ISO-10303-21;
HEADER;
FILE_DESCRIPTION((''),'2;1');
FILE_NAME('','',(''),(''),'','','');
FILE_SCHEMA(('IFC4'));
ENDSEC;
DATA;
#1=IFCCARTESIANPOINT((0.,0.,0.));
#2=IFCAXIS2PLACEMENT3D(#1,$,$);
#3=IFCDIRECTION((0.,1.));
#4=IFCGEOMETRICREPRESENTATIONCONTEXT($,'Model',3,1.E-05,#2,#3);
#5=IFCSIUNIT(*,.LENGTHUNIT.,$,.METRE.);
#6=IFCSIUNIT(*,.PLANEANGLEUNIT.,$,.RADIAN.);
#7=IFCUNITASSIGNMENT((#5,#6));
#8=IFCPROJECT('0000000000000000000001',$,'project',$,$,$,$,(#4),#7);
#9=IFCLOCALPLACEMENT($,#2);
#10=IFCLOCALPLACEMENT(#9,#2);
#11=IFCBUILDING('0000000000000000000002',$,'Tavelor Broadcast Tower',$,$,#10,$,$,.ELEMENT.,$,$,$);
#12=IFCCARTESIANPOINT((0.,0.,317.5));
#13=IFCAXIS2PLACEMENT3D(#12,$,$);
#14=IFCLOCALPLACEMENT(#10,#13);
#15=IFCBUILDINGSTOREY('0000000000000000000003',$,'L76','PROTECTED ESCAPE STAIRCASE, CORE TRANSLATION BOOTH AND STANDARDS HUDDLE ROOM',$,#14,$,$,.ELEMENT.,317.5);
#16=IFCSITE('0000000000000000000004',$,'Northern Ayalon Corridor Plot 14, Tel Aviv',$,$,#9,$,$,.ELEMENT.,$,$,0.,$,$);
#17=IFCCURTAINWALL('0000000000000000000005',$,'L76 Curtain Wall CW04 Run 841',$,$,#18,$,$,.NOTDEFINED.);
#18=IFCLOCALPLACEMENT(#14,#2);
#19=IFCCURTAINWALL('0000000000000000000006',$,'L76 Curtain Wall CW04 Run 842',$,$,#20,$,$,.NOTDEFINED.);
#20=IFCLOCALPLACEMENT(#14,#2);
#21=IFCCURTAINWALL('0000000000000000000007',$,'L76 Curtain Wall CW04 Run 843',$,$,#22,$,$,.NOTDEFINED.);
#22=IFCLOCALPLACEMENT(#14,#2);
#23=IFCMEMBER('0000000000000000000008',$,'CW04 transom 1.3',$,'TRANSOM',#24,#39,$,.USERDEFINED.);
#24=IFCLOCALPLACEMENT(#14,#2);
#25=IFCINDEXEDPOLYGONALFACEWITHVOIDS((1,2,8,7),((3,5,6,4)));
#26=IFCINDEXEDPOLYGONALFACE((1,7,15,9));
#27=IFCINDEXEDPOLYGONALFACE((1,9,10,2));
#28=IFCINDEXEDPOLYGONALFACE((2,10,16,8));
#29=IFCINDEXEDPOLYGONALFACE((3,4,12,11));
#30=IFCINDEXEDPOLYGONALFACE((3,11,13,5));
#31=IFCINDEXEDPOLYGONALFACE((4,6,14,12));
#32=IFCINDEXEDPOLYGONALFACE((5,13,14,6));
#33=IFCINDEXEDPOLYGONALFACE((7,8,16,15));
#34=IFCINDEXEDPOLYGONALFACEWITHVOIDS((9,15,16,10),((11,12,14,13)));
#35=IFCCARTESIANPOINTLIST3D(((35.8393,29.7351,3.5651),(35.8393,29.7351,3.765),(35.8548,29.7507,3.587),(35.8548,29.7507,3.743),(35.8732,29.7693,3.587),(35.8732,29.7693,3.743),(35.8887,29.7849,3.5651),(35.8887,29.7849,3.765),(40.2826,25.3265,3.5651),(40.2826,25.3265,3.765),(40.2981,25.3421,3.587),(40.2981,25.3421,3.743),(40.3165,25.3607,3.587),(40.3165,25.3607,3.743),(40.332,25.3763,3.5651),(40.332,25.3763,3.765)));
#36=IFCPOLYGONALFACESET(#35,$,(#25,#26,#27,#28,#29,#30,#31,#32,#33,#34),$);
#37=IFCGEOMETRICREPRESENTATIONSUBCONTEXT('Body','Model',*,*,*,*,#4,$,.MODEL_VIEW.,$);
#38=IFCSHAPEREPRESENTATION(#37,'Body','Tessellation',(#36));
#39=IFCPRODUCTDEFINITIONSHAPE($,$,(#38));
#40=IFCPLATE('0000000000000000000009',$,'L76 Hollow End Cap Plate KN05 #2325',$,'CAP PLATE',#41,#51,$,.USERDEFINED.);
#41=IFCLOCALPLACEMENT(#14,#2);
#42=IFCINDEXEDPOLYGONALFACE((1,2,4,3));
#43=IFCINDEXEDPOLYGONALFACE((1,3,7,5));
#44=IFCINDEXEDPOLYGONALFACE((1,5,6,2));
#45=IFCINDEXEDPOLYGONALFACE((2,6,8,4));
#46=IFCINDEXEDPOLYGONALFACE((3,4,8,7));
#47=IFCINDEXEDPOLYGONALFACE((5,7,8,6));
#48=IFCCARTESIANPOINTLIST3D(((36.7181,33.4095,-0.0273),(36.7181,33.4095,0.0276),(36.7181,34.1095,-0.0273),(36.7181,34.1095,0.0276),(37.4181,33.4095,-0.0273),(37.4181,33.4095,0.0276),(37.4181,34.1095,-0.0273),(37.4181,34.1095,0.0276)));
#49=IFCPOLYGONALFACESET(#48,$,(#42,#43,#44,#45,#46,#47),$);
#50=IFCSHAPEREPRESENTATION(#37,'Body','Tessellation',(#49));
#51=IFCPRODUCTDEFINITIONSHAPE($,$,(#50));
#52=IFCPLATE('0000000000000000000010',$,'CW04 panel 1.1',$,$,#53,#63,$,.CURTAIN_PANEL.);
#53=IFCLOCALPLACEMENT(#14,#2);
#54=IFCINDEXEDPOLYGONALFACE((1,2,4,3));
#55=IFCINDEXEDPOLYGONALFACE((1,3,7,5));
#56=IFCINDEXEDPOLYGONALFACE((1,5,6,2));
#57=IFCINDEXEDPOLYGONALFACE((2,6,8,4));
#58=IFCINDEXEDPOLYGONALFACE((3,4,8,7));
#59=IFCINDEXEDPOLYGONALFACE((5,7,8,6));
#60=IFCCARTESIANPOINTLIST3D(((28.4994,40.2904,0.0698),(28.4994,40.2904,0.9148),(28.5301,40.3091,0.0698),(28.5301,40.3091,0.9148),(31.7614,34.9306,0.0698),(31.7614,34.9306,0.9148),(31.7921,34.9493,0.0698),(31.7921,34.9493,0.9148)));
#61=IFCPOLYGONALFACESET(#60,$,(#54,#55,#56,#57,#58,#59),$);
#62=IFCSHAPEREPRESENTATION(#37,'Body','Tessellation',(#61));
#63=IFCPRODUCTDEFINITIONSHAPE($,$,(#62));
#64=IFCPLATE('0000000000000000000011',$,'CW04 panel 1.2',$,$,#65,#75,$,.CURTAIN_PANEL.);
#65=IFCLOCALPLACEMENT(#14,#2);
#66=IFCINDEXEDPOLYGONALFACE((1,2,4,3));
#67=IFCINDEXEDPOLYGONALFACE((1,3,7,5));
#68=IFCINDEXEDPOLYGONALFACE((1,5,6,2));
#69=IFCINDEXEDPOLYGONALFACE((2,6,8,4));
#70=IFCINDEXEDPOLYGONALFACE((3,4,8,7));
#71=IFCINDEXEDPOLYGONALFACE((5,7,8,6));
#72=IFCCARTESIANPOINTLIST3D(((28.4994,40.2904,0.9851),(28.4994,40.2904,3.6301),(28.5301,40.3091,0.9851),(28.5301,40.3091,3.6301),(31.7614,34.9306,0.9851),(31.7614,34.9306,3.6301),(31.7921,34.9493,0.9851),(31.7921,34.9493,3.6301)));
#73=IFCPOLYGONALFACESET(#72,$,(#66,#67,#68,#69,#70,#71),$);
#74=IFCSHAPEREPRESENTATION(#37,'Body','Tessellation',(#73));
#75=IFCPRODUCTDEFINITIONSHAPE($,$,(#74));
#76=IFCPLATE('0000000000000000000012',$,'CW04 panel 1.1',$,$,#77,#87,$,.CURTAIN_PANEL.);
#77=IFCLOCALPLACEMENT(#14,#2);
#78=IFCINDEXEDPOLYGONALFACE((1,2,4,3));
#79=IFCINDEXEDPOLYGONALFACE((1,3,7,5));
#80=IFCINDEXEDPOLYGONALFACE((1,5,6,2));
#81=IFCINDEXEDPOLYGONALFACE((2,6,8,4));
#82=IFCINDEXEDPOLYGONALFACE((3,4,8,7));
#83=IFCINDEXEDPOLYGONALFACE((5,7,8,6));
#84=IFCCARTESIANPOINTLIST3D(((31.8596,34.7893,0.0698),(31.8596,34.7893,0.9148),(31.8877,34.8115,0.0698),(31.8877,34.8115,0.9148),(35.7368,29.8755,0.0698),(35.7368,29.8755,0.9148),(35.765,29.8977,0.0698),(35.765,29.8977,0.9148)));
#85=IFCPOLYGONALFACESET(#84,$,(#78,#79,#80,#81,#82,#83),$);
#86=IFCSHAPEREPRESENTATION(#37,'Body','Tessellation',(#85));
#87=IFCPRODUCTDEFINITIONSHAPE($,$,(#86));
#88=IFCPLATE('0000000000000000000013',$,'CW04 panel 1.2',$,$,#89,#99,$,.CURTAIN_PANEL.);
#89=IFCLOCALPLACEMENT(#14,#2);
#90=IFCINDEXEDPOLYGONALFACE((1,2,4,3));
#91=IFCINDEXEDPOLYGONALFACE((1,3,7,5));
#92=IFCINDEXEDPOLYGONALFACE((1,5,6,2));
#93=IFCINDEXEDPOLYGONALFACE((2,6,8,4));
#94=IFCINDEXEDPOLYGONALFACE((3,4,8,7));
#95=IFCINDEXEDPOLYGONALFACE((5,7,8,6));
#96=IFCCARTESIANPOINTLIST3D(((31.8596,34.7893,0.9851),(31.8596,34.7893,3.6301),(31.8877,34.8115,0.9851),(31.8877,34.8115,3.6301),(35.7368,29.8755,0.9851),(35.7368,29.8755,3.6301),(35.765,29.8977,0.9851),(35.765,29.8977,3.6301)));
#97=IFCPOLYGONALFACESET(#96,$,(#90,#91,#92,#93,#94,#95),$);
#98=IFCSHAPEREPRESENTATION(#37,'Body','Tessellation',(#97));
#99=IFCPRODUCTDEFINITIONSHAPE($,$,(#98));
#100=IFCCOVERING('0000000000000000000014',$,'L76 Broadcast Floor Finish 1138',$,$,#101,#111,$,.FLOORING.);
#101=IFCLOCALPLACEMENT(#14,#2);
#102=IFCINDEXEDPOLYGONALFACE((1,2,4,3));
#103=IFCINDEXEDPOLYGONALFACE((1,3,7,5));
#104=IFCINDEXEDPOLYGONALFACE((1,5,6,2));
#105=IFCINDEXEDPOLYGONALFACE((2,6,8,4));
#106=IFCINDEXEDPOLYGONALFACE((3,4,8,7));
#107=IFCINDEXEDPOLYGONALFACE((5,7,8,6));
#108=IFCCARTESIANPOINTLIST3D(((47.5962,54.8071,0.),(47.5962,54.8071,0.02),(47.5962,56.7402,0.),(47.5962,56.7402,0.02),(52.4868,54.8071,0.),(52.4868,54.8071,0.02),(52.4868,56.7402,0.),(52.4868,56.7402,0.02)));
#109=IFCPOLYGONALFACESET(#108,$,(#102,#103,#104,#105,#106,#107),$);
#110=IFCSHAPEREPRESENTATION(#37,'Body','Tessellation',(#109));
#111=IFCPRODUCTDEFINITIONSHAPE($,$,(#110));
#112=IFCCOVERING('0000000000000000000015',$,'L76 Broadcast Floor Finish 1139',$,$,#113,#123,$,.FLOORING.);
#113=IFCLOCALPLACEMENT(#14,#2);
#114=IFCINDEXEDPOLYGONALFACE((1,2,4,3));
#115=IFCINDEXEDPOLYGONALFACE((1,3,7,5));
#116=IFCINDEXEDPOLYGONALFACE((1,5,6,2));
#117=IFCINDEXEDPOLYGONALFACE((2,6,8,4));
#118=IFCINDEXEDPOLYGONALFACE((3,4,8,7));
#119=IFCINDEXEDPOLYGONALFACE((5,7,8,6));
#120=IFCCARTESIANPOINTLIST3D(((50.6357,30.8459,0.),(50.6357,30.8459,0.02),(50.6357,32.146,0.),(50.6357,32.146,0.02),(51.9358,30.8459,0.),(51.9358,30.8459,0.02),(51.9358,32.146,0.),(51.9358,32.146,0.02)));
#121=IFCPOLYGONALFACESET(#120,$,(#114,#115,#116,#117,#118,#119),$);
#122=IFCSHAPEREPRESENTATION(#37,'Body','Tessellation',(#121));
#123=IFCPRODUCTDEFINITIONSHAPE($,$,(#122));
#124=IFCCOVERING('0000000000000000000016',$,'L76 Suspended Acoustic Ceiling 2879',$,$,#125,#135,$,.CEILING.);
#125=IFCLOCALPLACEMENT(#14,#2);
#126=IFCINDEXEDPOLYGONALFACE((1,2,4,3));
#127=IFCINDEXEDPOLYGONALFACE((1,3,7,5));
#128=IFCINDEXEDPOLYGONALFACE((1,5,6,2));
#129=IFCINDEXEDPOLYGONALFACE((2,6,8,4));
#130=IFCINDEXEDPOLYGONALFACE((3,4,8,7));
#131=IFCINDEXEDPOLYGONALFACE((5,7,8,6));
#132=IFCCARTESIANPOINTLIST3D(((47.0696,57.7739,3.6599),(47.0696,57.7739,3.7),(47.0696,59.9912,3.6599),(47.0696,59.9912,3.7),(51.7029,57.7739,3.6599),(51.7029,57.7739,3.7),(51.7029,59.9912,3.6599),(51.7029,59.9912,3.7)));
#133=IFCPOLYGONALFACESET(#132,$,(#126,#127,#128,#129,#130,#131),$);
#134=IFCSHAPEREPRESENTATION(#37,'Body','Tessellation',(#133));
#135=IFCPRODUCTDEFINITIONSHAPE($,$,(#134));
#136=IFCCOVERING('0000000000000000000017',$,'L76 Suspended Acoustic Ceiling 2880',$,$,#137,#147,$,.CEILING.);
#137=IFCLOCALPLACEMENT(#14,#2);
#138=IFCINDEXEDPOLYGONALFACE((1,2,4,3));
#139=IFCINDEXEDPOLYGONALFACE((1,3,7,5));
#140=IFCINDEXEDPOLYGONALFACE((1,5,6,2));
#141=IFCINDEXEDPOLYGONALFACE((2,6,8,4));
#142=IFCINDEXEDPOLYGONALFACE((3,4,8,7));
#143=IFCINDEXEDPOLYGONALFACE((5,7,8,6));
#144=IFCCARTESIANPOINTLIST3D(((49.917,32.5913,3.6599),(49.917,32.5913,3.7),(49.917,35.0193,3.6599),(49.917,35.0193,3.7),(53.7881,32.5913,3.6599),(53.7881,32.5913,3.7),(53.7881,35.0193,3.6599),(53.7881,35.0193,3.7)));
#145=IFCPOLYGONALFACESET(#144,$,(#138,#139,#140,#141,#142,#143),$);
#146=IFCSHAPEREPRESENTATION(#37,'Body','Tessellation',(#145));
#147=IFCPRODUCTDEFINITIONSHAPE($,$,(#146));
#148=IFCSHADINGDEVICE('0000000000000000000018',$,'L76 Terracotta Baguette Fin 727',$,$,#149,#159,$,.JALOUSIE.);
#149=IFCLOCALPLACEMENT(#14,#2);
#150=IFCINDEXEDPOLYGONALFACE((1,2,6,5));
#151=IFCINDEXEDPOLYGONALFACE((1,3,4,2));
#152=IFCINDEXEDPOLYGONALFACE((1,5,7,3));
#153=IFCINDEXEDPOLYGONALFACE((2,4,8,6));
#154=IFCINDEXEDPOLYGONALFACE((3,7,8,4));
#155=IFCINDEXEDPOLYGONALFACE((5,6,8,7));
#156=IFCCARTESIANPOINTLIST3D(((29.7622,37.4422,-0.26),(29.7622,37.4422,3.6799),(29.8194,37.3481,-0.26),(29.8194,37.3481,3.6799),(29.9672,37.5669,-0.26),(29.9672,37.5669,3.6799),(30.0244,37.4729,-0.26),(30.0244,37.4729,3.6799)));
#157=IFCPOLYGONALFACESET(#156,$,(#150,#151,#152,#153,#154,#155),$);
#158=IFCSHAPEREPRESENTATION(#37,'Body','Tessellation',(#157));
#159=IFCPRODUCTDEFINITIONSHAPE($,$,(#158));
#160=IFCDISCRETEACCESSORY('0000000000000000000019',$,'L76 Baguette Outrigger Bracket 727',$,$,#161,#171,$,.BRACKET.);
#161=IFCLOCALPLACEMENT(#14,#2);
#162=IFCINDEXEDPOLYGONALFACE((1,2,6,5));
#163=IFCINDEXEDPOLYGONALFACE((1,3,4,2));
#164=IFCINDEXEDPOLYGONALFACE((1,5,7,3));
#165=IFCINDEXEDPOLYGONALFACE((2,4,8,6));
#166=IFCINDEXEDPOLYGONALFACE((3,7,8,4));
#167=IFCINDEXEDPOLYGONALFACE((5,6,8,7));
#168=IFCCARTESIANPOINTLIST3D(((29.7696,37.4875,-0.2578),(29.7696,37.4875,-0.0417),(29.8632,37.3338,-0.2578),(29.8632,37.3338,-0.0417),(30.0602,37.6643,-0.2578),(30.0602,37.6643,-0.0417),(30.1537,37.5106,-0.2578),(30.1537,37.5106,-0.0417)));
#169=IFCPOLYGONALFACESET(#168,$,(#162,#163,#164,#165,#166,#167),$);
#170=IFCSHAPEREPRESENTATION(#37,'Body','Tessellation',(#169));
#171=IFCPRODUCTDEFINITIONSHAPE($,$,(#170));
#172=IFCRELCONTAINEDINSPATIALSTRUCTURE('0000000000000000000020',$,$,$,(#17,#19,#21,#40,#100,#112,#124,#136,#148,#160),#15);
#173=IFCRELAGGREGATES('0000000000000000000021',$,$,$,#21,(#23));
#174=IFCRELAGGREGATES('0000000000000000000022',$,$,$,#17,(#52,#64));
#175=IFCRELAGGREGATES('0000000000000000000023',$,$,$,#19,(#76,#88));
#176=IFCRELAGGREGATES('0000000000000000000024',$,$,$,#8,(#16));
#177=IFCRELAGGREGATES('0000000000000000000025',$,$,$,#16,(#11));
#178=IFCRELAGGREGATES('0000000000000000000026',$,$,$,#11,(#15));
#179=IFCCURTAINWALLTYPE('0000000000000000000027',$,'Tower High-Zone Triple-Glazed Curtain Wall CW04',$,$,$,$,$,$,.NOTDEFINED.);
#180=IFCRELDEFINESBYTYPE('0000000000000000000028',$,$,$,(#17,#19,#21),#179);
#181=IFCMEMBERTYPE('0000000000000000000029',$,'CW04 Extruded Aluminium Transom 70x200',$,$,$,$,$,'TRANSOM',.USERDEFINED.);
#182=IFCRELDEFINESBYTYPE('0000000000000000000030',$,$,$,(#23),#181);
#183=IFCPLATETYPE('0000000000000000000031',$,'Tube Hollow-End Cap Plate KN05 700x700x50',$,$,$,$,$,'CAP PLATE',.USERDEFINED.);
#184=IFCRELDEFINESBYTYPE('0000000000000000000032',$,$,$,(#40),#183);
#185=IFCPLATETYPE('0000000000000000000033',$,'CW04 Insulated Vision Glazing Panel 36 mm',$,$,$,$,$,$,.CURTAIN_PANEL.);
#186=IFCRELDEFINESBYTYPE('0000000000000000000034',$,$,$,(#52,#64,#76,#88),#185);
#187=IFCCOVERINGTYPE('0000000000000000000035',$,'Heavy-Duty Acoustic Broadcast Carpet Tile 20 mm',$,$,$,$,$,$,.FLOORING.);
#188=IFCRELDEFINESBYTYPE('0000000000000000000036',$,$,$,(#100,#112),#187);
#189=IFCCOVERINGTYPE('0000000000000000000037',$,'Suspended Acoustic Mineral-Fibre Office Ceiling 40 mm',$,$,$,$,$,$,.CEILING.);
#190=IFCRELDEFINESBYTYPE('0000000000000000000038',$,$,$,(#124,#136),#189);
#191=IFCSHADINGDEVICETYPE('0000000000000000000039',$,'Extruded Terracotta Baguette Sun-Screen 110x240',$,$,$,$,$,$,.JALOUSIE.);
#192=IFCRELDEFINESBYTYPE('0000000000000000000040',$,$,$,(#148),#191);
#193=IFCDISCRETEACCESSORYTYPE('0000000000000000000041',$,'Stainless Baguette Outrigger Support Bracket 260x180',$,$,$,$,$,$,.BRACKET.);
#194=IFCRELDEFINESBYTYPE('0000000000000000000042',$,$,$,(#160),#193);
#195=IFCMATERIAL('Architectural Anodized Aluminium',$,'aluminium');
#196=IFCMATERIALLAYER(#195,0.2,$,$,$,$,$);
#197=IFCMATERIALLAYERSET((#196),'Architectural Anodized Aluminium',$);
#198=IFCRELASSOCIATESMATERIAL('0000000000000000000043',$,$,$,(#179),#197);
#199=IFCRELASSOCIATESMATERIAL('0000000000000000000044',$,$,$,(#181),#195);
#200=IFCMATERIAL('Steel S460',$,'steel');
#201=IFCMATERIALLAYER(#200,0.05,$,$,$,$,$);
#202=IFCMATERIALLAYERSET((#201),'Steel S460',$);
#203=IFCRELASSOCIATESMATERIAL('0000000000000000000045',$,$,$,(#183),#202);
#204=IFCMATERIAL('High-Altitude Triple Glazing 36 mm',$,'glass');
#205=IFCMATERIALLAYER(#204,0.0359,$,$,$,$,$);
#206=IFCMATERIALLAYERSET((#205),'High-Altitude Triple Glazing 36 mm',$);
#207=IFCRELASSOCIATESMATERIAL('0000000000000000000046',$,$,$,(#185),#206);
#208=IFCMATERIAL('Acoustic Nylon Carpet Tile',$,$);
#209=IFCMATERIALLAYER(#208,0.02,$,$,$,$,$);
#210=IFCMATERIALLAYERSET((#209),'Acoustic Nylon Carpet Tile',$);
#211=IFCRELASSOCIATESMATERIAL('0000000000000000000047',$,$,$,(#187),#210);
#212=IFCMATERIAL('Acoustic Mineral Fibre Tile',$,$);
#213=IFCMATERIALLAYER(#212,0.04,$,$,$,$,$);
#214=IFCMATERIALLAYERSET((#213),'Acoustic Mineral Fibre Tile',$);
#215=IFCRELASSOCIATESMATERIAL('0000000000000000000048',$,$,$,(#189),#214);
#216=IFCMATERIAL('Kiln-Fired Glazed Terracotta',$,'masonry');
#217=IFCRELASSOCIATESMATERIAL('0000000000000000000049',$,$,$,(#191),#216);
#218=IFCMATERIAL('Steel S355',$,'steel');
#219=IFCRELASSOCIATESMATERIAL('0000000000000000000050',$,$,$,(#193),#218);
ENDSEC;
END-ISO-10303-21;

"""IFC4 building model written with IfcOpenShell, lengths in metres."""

from ifc_helpers import new_model, si_unit, direction, frame, origin, origin_2d, place, context, subcontext, project, spatial, polyline, rectangle, hollow_rectangle, outline, extrude, source, transform, mapped, material, layer, layer_set, material_profile, profile_set, type_object, type_shapes, element, aggregate, save


model = new_model("IFC4")

# Units and contexts
model_context = context("Model", 3, precision=1e-05, world=origin(), true_north=direction((0.0, 1.0)))
body_context = subcontext(model_context, "Body", "Model", "MODEL_VIEW")
ifc_project = project(units=[si_unit("LENGTHUNIT", "METRE"), si_unit("PLANEANGLEUNIT", "RADIAN")], contexts=[model_context])

# Site, building, storey
site_placement = place(None, origin())
site = spatial("IfcSite", under=ifc_project, at=site_placement, Name="Northern Ayalon Corridor Plot 14, Tel Aviv", CompositionType="ELEMENT", RefElevation=0.0)
building_placement = place(site_placement, origin())
building = spatial("IfcBuilding", under=site, at=building_placement, Name="Tavelor Broadcast Tower", CompositionType="ELEMENT")
storey_placement = place(building_placement, frame((0.0, 0.0, 317.5)))
storey = spatial("IfcBuildingStorey", under=building, at=storey_placement, Name="L76", Description="PROTECTED ESCAPE STAIRCASE, CORE TRANSLATION BOOTH AND STANDARDS HUDDLE ROOM", CompositionType="ELEMENT", Elevation=317.5)

# Shared definitions
ifc_material_1 = material(Name="Steel S460", Category="steel")

# Curtain wall
ifc_material_2 = material(Name="Architectural Anodized Aluminium", Category="aluminium")
ifc_layer_1 = layer(ifc_material_2, 0.2)
ifc_layer_set_1 = layer_set([ifc_layer_1], Name="Architectural Anodized Aluminium")
curtain_wall_type = type_object("IfcCurtainWallType", Name="Tower High-Zone Triple-Glazed Curtain Wall CW04", PredefinedType="NOTDEFINED", material=ifc_layer_set_1)
curtain_wall_1_placement = place(storey_placement, origin())
curtain_wall_1 = element("IfcCurtainWall", 1, at=curtain_wall_1_placement, inside=storey, type_object=curtain_wall_type, Name="L76 Curtain Wall CW04 Run 841", PredefinedType="NOTDEFINED")

# Curtain wall
curtain_wall_2_placement = place(storey_placement, origin())
curtain_wall_2 = element("IfcCurtainWall", 2, at=curtain_wall_2_placement, inside=storey, type_object=curtain_wall_type, Name="L76 Curtain Wall CW04 Run 842", PredefinedType="NOTDEFINED")

# Curtain wall
curtain_wall_3_placement = place(storey_placement, origin())
curtain_wall_3 = element("IfcCurtainWall", 3, at=curtain_wall_3_placement, inside=storey, type_object=curtain_wall_type, Name="L76 Curtain Wall CW04 Run 843", PredefinedType="NOTDEFINED")

# Member
ifc_material_profile_1 = material_profile(ifc_material_2, hollow_rectangle(XDim=0.0701, YDim=0.2, WallThickness=0.022, at=origin_2d()), Name="RHS 70x200x22")
ifc_profile_set_1 = profile_set([ifc_material_profile_1], Name="Architectural Anodized Aluminium")
member_type_1 = type_object("IfcMemberType", Name="CW04 Extruded Aluminium Transom 70x200", ElementType="TRANSOM", PredefinedType="USERDEFINED", material=ifc_profile_set_1)
shared_shape_1 = source(origin(), body_context, "Body", "SweptSolid", [
    extrude(hollow_rectangle(XDim=0.0701, YDim=0.2, WallThickness=0.022, at=origin_2d()), origin(), (0.0, 0.0, 1.0), 6.2593),
])
type_shapes(member_type_1, [shared_shape_1])
member_1_placement = place(storey_placement, frame((35.864, 29.76, 3.665), z_axis=(0.709871, -0.704332, 0.0), x_axis=(0.704332, 0.709871, 0.0)))
member_1 = element("IfcMember", 4, at=member_1_placement, type_object=member_type_1, Name="CW04 transom 1.3", ObjectType="TRANSOM", PredefinedType="USERDEFINED", context=body_context, shape_type="MappedRepresentation", body=[
    mapped(shared_shape_1, transform((0.0, 0.0, 0.0), scale=1.0)),
])
aggregate(curtain_wall_3, [member_1])

# Plates
ifc_layer_2 = layer(ifc_material_1, 0.05)
ifc_layer_set_2 = layer_set([ifc_layer_2], Name="Steel S460")
plate_type_1 = type_object("IfcPlateType", Name="Tube Hollow-End Cap Plate KN05 700x700x50", ElementType="CAP PLATE", PredefinedType="USERDEFINED", material=ifc_layer_set_2)
shared_shape_2 = source(origin(), body_context, "Body", "SweptSolid", [
    extrude(rectangle(XDim=0.7, YDim=0.7, at=origin_2d()), origin(), (0.0, 0.0, 1.0), 0.0549),
])
type_shapes(plate_type_1, [shared_shape_2])
plate_1_placement = place(storey_placement, frame((37.0681, 33.7595, -0.0273), z_axis=(0.0, 0.0, 1.0), x_axis=(1.0, 0.0, 0.0)))
element("IfcPlate", 5, at=plate_1_placement, inside=storey, type_object=plate_type_1, Name="L76 Hollow End Cap Plate KN05 #2325", ObjectType="CAP PLATE", PredefinedType="USERDEFINED", context=body_context, shape_type="MappedRepresentation", body=[
    mapped(shared_shape_2, transform((0.0, 0.0, 0.0), scale=1.0)),
])
ifc_material_3 = material(Name="High-Altitude Triple Glazing 36 mm", Category="glass")
ifc_layer_3 = layer(ifc_material_3, 0.0359)
ifc_layer_set_3 = layer_set([ifc_layer_3], Name="High-Altitude Triple Glazing 36 mm")
plate_type_2 = type_object("IfcPlateType", Name="CW04 Insulated Vision Glazing Panel 36 mm", PredefinedType="CURTAIN_PANEL", material=ifc_layer_set_3)
shared_shape_3 = source(origin(), body_context, "Body", "SweptSolid", [
    extrude(rectangle(XDim=6.2744, YDim=0.0359, at=origin_2d()), origin(), (0.0, 0.0, 1.0), 0.845),
])
plate_2_placement = place(storey_placement, frame((30.1458, 37.6199, 0.0698), z_axis=(0.0, 0.0, 1.0), x_axis=(0.519892, -0.854232, 0.0)))
plate_2 = element("IfcPlate", 6, at=plate_2_placement, type_object=plate_type_2, Name="CW04 panel 1.1", PredefinedType="CURTAIN_PANEL", context=body_context, shape_type="MappedRepresentation", body=[
    mapped(shared_shape_3, transform((0.0, 0.0, 0.0), scale=1.0)),
])
shared_shape_4 = source(origin(), body_context, "Body", "SweptSolid", [
    extrude(rectangle(XDim=6.2744, YDim=0.0359, at=origin_2d()), origin(), (0.0, 0.0, 1.0), 2.645),
])
plate_3_placement = place(storey_placement, frame((30.1458, 37.6199, 0.9851), z_axis=(0.0, 0.0, 1.0), x_axis=(0.519892, -0.854232, 0.0)))
plate_3 = element("IfcPlate", 7, at=plate_3_placement, type_object=plate_type_2, Name="CW04 panel 1.2", PredefinedType="CURTAIN_PANEL", context=body_context, shape_type="MappedRepresentation", body=[
    mapped(shared_shape_4, transform((0.0, 0.0, 0.0), scale=1.0)),
])
aggregate(curtain_wall_1, [plate_2, plate_3])
shared_shape_5 = source(origin(), body_context, "Body", "SweptSolid", [
    extrude(rectangle(XDim=6.2593, YDim=0.0359, at=origin_2d()), origin(), (0.0, 0.0, 1.0), 0.845),
])
plate_4_placement = place(storey_placement, frame((33.8123, 32.3435, 0.0698), z_axis=(0.0, 0.0, 1.0), x_axis=(0.619437, -0.785047, 0.0)))
plate_4 = element("IfcPlate", 8, at=plate_4_placement, type_object=plate_type_2, Name="CW04 panel 1.1", PredefinedType="CURTAIN_PANEL", context=body_context, shape_type="MappedRepresentation", body=[
    mapped(shared_shape_5, transform((0.0, 0.0, 0.0), scale=1.0)),
])
shared_shape_6 = source(origin(), body_context, "Body", "SweptSolid", [
    extrude(rectangle(XDim=6.2593, YDim=0.0359, at=origin_2d()), origin(), (0.0, 0.0, 1.0), 2.645),
])
type_shapes(plate_type_2, [shared_shape_3, shared_shape_4, shared_shape_5, shared_shape_6])
plate_5_placement = place(storey_placement, frame((33.8123, 32.3435, 0.9851), z_axis=(0.0, 0.0, 1.0), x_axis=(0.619437, -0.785047, 0.0)))
plate_5 = element("IfcPlate", 9, at=plate_5_placement, type_object=plate_type_2, Name="CW04 panel 1.2", PredefinedType="CURTAIN_PANEL", context=body_context, shape_type="MappedRepresentation", body=[
    mapped(shared_shape_6, transform((0.0, 0.0, 0.0), scale=1.0)),
])
aggregate(curtain_wall_2, [plate_4, plate_5])

# Coverings
ifc_material_4 = material(Name="Acoustic Nylon Carpet Tile")
ifc_layer_4 = layer(ifc_material_4, 0.02)
ifc_layer_set_4 = layer_set([ifc_layer_4], Name="Acoustic Nylon Carpet Tile")
covering_type_1 = type_object("IfcCoveringType", Name="Heavy-Duty Acoustic Broadcast Carpet Tile 20 mm", PredefinedType="FLOORING", material=ifc_layer_set_4)
covering_1_placement = place(storey_placement, origin())
element("IfcCovering", 10, at=covering_1_placement, inside=storey, type_object=covering_type_1, Name="L76 Broadcast Floor Finish 1138", PredefinedType="FLOORING", context=body_context, shape_type="SweptSolid", body=[
    extrude(outline(polyline([(47.5962, 54.8071), (52.4868, 54.8071), (52.4868, 56.7402), (47.5962, 56.7402), (47.5962, 54.8071)])), origin(), (0.0, 0.0, 1.0), 0.02),
])
covering_2_placement = place(storey_placement, origin())
element("IfcCovering", 11, at=covering_2_placement, inside=storey, type_object=covering_type_1, Name="L76 Broadcast Floor Finish 1139", PredefinedType="FLOORING", context=body_context, shape_type="SweptSolid", body=[
    extrude(outline(polyline([(50.6357, 30.8459), (51.9358, 30.8459), (51.9358, 32.146), (50.6357, 32.146), (50.6357, 30.8459)])), origin(), (0.0, 0.0, 1.0), 0.02),
])
ifc_material_5 = material(Name="Acoustic Mineral Fibre Tile")
ifc_layer_5 = layer(ifc_material_5, 0.04)
ifc_layer_set_5 = layer_set([ifc_layer_5], Name="Acoustic Mineral Fibre Tile")
covering_type_2 = type_object("IfcCoveringType", Name="Suspended Acoustic Mineral-Fibre Office Ceiling 40 mm", PredefinedType="CEILING", material=ifc_layer_set_5)
covering_3_placement = place(storey_placement, frame((0.0, 0.0, 3.6599)))
element("IfcCovering", 12, at=covering_3_placement, inside=storey, type_object=covering_type_2, Name="L76 Suspended Acoustic Ceiling 2879", PredefinedType="CEILING", context=body_context, shape_type="SweptSolid", body=[
    extrude(outline(polyline([(47.0696, 57.7739), (51.7029, 57.7739), (51.7029, 59.9912), (47.0696, 59.9912), (47.0696, 57.7739)])), origin(), (0.0, 0.0, 1.0), 0.04),
])
covering_4_placement = place(storey_placement, frame((0.0, 0.0, 3.6599)))
element("IfcCovering", 13, at=covering_4_placement, inside=storey, type_object=covering_type_2, Name="L76 Suspended Acoustic Ceiling 2880", PredefinedType="CEILING", context=body_context, shape_type="SweptSolid", body=[
    extrude(outline(polyline([(49.917, 32.5913), (53.7881, 32.5913), (53.7881, 35.0193), (49.917, 35.0193), (49.917, 32.5913)])), origin(), (0.0, 0.0, 1.0), 0.04),
])

# Shading device
ifc_material_6 = material(Name="Kiln-Fired Glazed Terracotta", Category="masonry")
shading_device_type = type_object("IfcShadingDeviceType", Name="Extruded Terracotta Baguette Sun-Screen 110x240", PredefinedType="JALOUSIE", material=ifc_material_6)
shared_shape_7 = source(origin(), body_context, "Body", "SweptSolid", [
    extrude(rectangle(XDim=0.1101, YDim=0.24, at=origin_2d()), origin(), (0.0, 0.0, 1.0), 3.9399),
])
type_shapes(shading_device_type, [shared_shape_7])
shading_device_placement = place(storey_placement, frame((29.8933, 37.4575, -0.26), z_axis=(0.0, 0.0, 1.0), x_axis=(0.519817, -0.854277, 0.0)))
element("IfcShadingDevice", 14, at=shading_device_placement, inside=storey, type_object=shading_device_type, Name="L76 Terracotta Baguette Fin 727", PredefinedType="JALOUSIE", context=body_context, shape_type="MappedRepresentation", body=[
    mapped(shared_shape_7, transform((0.0, 0.0, 0.0), scale=1.0)),
])

# Discrete accessory
ifc_material_7 = material(Name="Steel S355", Category="steel")
discrete_accessory_type = type_object("IfcDiscreteAccessoryType", Name="Stainless Baguette Outrigger Support Bracket 260x180", PredefinedType="BRACKET", material=ifc_material_7)
shared_shape_8 = source(origin(), body_context, "Body", "SweptSolid", [
    extrude(rectangle(XDim=0.1799, YDim=0.3401, at=origin_2d()), origin(), (0.0, 0.0, 1.0), 0.2161),
])
type_shapes(discrete_accessory_type, [shared_shape_8])
discrete_accessory_placement = place(storey_placement, frame((29.9617, 37.499, -0.2578), z_axis=(0.0, 0.0, 1.0), x_axis=(0.519817, -0.854277, 0.0)))
element("IfcDiscreteAccessory", 15, at=discrete_accessory_placement, inside=storey, type_object=discrete_accessory_type, Name="L76 Baguette Outrigger Bracket 727", PredefinedType="BRACKET", context=body_context, shape_type="MappedRepresentation", body=[
    mapped(shared_shape_8, transform((0.0, 0.0, 0.0), scale=1.0)),
])

save(model, "model.ifc")
